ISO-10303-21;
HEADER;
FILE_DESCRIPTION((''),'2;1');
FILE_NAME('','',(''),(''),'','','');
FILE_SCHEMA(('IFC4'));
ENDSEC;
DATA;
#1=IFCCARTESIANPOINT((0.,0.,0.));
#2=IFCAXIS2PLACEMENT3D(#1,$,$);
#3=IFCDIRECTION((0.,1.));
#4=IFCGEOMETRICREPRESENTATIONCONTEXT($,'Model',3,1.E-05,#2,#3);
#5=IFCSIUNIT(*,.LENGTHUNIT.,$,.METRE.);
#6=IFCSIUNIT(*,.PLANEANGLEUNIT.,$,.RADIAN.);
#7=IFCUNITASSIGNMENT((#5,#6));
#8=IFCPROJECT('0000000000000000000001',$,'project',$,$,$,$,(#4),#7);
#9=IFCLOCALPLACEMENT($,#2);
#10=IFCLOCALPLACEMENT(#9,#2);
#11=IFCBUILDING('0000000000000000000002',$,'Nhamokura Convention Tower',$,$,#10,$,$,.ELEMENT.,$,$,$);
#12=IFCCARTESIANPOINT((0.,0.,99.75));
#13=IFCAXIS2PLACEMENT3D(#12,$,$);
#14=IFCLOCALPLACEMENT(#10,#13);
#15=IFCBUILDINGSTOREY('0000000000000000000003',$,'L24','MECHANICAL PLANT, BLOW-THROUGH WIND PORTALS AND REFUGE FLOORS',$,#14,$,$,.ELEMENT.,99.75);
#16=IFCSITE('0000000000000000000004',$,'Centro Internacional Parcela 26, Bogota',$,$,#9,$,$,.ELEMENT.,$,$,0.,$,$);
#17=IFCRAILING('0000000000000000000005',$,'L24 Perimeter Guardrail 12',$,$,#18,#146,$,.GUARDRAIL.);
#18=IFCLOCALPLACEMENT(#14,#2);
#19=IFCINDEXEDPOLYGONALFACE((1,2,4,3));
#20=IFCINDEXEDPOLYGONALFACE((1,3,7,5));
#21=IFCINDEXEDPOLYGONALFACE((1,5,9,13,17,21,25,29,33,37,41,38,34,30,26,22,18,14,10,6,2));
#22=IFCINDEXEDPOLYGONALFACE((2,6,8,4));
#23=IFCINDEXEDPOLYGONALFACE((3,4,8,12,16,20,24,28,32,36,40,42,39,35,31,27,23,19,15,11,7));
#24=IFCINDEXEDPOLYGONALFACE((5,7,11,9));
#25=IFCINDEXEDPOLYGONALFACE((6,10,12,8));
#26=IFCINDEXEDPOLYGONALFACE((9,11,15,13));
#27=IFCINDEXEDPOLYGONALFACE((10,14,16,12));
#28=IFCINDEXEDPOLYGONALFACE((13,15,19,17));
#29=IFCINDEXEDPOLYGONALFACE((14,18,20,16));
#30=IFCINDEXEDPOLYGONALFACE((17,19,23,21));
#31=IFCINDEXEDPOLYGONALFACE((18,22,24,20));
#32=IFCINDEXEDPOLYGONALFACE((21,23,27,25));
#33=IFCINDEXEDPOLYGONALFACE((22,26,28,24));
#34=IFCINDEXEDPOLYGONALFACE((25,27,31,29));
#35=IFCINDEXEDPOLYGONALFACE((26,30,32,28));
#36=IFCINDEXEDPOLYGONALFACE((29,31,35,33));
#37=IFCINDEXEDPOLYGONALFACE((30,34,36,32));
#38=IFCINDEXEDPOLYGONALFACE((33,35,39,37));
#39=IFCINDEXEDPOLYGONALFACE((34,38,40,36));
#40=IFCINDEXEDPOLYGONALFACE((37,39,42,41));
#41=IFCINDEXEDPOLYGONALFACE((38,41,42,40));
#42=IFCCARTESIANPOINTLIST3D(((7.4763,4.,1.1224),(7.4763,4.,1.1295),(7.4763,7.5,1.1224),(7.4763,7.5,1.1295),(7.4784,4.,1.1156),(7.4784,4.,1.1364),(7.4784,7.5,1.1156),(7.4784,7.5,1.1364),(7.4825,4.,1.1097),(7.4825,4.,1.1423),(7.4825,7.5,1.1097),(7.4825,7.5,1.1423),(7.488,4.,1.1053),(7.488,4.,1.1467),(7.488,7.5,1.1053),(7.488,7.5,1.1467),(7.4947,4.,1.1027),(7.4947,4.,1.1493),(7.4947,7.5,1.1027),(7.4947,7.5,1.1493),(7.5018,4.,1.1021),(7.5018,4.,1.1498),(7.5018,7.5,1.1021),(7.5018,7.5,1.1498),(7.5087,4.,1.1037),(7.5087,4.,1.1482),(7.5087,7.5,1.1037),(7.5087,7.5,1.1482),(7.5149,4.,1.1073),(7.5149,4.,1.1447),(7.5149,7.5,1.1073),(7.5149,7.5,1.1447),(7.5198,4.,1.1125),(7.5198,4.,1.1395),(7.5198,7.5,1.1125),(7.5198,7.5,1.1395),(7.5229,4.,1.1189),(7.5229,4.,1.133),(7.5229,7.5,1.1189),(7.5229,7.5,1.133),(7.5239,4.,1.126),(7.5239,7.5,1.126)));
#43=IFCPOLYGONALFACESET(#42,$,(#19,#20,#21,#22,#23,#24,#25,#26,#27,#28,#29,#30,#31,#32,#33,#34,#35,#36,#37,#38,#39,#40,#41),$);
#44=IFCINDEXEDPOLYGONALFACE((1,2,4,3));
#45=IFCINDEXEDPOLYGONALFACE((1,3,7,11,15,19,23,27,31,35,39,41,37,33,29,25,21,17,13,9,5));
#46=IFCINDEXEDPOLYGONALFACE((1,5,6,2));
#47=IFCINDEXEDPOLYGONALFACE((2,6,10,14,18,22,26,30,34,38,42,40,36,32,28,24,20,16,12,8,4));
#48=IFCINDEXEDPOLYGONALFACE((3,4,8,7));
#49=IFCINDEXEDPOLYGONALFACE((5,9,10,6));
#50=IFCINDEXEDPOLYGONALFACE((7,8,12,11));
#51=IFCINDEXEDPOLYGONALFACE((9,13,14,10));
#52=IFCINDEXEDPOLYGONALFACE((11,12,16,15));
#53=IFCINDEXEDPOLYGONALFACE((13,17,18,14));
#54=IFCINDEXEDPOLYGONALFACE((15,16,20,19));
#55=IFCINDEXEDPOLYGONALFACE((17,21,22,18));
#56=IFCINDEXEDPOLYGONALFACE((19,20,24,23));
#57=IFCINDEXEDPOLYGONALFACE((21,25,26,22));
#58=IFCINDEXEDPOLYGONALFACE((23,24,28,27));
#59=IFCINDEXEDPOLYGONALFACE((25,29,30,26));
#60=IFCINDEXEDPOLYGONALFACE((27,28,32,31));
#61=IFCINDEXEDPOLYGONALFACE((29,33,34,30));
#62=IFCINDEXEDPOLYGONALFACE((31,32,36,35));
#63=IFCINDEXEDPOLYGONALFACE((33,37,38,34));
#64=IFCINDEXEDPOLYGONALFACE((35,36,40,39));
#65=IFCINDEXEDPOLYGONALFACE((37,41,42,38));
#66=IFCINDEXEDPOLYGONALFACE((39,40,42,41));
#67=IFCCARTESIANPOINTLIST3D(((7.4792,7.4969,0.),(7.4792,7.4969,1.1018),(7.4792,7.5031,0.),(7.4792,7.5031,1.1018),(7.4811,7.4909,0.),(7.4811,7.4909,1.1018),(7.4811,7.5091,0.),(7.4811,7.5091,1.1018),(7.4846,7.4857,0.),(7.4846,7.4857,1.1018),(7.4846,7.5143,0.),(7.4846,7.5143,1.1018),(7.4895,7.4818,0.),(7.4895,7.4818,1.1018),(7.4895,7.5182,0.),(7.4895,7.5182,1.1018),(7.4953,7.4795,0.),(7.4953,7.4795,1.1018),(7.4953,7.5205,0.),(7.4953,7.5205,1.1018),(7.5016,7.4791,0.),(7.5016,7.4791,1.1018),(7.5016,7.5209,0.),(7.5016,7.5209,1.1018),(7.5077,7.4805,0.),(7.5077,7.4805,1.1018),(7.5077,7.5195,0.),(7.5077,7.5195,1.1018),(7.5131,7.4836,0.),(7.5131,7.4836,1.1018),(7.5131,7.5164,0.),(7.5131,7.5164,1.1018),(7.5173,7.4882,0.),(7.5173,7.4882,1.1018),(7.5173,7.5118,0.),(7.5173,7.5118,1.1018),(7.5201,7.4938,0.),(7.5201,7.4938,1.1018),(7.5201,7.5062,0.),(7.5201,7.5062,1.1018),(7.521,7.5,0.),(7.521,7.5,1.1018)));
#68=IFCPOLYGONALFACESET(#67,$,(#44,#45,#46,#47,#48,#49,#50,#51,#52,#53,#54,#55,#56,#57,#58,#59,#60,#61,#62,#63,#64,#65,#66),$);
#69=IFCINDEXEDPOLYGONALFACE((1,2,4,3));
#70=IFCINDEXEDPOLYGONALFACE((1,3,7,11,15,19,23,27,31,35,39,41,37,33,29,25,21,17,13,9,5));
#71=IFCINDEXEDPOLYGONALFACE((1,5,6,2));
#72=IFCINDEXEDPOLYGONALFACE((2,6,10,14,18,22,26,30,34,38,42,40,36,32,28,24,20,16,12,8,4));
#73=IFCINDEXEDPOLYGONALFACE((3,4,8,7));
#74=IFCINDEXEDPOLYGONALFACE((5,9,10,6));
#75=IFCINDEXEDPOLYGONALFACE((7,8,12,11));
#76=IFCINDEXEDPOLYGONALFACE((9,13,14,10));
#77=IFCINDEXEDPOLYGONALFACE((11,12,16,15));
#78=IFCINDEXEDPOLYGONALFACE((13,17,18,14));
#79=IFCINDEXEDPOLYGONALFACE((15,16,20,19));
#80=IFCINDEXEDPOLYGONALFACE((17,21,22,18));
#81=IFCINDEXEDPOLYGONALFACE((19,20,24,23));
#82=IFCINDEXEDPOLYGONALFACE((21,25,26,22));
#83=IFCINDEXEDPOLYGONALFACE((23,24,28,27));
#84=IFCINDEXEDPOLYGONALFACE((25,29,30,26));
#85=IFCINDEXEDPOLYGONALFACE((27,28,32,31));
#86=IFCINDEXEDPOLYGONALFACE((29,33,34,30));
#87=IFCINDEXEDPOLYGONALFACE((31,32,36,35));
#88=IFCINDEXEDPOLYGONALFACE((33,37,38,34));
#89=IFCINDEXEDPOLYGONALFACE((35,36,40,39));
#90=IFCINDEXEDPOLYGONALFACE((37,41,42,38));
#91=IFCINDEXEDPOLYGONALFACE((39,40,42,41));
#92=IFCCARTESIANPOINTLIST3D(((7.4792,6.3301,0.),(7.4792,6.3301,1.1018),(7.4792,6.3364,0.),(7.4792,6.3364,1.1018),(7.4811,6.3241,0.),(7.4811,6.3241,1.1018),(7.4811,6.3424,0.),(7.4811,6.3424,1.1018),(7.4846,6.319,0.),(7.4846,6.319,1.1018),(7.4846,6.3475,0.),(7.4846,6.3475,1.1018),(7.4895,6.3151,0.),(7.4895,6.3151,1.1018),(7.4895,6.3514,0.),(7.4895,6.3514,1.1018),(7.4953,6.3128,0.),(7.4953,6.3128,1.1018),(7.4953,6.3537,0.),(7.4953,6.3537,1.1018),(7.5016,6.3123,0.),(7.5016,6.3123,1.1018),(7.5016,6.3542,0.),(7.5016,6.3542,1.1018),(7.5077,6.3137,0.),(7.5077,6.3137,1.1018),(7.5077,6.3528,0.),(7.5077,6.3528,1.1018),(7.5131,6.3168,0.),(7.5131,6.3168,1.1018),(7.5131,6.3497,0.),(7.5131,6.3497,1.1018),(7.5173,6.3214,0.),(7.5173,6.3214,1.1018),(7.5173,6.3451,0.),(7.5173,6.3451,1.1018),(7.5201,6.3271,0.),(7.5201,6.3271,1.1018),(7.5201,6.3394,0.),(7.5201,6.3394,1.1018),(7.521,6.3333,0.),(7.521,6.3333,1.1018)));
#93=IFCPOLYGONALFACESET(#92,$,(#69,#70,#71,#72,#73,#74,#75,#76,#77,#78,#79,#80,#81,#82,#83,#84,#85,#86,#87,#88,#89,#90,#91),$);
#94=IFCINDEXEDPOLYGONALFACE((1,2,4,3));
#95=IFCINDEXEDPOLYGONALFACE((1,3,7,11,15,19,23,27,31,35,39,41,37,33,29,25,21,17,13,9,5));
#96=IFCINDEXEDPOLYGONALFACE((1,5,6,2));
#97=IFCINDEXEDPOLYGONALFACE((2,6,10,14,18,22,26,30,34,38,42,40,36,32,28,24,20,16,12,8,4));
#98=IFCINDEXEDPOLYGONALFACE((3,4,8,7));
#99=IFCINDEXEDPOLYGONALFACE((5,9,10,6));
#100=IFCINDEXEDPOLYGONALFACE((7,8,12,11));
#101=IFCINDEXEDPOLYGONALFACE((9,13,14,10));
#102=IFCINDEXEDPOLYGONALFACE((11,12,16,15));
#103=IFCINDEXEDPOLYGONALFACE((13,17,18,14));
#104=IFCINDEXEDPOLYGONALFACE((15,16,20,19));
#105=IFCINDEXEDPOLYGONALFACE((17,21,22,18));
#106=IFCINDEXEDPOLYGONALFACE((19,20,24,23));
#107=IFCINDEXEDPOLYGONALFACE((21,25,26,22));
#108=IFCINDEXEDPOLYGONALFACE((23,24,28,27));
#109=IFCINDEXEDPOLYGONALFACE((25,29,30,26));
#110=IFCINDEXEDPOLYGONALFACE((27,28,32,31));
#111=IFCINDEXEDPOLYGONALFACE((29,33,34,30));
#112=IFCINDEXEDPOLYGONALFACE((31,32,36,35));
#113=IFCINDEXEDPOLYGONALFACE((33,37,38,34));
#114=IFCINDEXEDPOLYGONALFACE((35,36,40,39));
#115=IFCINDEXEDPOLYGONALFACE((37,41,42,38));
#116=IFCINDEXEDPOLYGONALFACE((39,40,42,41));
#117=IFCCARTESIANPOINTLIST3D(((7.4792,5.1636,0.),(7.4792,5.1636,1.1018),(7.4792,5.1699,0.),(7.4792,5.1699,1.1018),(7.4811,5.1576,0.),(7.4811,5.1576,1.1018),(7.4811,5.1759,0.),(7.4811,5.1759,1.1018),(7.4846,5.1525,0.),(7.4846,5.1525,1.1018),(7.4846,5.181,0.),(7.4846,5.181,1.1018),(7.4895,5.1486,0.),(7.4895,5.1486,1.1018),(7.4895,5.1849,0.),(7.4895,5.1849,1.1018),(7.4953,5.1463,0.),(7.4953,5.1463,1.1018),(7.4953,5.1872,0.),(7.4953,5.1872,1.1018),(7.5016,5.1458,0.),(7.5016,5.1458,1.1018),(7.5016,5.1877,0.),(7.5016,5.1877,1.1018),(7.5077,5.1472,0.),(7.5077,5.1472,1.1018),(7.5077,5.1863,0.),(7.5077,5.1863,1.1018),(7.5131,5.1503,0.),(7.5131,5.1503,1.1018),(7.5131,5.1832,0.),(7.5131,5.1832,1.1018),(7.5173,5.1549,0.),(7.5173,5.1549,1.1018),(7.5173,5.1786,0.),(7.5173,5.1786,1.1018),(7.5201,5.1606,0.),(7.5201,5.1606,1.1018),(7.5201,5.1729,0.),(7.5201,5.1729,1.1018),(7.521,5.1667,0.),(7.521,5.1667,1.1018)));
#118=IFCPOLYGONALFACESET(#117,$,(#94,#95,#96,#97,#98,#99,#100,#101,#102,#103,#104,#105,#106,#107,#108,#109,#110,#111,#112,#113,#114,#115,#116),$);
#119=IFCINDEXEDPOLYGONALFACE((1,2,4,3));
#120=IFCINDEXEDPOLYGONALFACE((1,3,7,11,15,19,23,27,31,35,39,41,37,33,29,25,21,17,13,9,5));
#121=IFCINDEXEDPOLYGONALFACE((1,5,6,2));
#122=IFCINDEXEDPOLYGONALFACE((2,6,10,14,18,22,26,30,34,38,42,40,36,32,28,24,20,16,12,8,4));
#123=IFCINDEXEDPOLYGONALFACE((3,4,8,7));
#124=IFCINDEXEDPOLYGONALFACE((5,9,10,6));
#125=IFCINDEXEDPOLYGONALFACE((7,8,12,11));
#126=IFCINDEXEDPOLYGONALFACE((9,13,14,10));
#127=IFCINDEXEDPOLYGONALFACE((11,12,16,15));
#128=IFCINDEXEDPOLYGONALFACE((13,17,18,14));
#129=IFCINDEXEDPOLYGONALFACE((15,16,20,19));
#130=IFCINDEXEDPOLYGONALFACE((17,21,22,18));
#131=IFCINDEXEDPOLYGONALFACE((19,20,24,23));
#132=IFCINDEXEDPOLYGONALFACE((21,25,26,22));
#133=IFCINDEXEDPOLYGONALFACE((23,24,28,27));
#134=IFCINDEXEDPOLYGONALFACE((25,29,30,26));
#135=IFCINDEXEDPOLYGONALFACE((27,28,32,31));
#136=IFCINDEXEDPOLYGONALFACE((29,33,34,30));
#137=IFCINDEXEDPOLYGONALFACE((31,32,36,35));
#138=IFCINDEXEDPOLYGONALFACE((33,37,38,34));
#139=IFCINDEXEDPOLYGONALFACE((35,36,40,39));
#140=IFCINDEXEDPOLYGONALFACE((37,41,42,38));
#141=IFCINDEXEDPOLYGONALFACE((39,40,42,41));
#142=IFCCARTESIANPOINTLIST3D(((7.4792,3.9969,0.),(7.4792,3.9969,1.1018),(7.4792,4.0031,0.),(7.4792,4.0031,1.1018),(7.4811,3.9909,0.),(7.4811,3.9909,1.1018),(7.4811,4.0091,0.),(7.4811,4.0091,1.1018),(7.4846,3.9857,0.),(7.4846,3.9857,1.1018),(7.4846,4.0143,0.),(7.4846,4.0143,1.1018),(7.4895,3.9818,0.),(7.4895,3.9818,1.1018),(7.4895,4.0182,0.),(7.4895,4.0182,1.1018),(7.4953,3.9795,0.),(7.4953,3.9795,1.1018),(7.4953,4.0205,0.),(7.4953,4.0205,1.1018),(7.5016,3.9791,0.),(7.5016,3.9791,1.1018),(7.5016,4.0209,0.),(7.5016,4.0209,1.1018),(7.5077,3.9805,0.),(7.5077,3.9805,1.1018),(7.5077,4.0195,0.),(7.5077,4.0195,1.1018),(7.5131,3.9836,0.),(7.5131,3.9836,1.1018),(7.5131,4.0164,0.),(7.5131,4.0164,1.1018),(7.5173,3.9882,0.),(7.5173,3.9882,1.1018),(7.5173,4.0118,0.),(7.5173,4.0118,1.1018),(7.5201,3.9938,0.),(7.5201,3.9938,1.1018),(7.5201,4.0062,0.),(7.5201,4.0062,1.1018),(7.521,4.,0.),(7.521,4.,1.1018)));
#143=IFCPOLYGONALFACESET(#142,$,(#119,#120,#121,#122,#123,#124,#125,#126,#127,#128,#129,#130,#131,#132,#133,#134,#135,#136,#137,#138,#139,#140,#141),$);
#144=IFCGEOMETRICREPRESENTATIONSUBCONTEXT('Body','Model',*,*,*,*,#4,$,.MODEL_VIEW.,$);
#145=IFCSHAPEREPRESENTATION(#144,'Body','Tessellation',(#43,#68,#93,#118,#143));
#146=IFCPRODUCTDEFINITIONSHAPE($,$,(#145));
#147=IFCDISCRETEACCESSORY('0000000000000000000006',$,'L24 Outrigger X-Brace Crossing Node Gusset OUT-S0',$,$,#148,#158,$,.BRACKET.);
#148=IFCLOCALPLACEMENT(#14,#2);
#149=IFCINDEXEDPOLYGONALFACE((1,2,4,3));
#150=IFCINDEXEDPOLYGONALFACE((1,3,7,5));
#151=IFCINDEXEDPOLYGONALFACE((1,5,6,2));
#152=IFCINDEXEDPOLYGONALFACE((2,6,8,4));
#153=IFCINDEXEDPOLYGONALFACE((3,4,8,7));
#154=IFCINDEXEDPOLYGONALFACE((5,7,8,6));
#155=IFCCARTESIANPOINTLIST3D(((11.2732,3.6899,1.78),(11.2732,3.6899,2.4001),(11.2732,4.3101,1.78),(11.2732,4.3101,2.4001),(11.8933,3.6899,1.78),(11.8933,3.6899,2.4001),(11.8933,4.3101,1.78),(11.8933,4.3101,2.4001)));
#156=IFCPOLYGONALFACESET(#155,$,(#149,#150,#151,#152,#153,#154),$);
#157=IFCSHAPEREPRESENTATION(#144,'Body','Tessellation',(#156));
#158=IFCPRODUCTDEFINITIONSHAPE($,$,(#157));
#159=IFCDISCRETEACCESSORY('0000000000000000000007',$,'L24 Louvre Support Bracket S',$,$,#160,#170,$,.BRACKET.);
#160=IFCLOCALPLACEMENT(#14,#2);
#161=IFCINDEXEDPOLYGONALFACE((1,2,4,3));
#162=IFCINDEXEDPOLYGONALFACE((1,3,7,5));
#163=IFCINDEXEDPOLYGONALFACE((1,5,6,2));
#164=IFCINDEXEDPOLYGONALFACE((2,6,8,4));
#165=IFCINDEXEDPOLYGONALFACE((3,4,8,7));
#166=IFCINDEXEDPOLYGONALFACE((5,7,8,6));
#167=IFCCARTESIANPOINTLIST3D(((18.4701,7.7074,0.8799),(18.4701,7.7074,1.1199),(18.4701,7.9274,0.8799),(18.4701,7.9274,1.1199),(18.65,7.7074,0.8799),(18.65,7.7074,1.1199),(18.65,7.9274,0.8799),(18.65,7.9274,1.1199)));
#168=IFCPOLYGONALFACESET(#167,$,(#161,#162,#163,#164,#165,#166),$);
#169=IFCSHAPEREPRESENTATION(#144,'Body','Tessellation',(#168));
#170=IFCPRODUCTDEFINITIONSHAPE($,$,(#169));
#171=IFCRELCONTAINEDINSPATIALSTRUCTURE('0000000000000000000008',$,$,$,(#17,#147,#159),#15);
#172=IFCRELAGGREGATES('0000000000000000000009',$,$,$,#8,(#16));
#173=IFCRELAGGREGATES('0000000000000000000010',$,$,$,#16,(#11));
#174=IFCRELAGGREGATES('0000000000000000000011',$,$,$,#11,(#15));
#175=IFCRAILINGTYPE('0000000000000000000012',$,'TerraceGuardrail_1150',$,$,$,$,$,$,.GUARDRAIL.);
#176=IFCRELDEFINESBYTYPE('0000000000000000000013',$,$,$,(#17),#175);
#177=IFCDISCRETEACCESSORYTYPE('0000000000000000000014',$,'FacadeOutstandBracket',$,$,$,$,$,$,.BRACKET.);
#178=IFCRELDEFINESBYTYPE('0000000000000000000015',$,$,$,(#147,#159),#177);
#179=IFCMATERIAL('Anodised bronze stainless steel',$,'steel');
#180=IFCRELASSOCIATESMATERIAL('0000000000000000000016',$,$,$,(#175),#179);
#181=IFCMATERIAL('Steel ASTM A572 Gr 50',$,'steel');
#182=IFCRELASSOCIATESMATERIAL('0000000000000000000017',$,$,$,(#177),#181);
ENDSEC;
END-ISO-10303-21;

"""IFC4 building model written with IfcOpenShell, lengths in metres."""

from ifc_helpers import new_model, si_unit, direction, frame, origin, origin_2d, place, context, subcontext, project, spatial, rectangle, circle, extrude, material, type_object, element, save


model = new_model("IFC4")

# Units and contexts
model_context = context("Model", 3, precision=1e-05, world=origin(), true_north=direction((0.0, 1.0)))
body_context = subcontext(model_context, "Body", "Model", "MODEL_VIEW")
ifc_project = project(units=[si_unit("LENGTHUNIT", "METRE"), si_unit("PLANEANGLEUNIT", "RADIAN")], contexts=[model_context])

# Site, building, storey
site_placement = place(None, origin())
site = spatial("IfcSite", under=ifc_project, at=site_placement, Name="Centro Internacional Parcela 26, Bogota", CompositionType="ELEMENT", RefElevation=0.0)
building_placement = place(site_placement, origin())
building = spatial("IfcBuilding", under=site, at=building_placement, Name="Nhamokura Convention Tower", CompositionType="ELEMENT")
storey_placement = place(building_placement, frame((0.0, 0.0, 99.75)))
storey = spatial("IfcBuildingStorey", under=building, at=storey_placement, Name="L24", Description="MECHANICAL PLANT, BLOW-THROUGH WIND PORTALS AND REFUGE FLOORS", CompositionType="ELEMENT", Elevation=99.75)

# Railing
ifc_material_1 = material(Name="Anodised bronze stainless steel", Category="steel")
railing_type = type_object("IfcRailingType", Name="TerraceGuardrail_1150", PredefinedType="GUARDRAIL", material=ifc_material_1)
railing_1_placement = place(storey_placement, frame((7.5, 7.5, 0.0)))
element("IfcRailing", 1, at=railing_1_placement, inside=storey, type_object=railing_type, Name="L24 Perimeter Guardrail 12", PredefinedType="GUARDRAIL", context=body_context, shape_type="SweptSolid", body=[
    extrude(circle(Radius=0.0239, at=origin_2d()), frame((0.0, 0.0, 1.126), z_axis=(0.0, -1.0, 0.0), x_axis=(1.0, 0.0, 0.0)), (0.0, 0.0, 1.0), 3.5),
    extrude(circle(Radius=0.021, at=origin_2d()), origin(), (0.0, 0.0, 1.0), 1.1018),
    extrude(circle(Radius=0.021, at=origin_2d()), frame((0.0, -1.1667, 0.0)), (0.0, 0.0, 1.0), 1.1018),
    extrude(circle(Radius=0.021, at=origin_2d()), frame((0.0, -2.3333, 0.0)), (0.0, 0.0, 1.0), 1.1018),
    extrude(circle(Radius=0.021, at=origin_2d()), frame((0.0, -3.5, 0.0)), (0.0, 0.0, 1.0), 1.1018),
])

# Discrete accessories
ifc_material_2 = material(Name="Steel ASTM A572 Gr 50", Category="steel")
discrete_accessory_type = type_object("IfcDiscreteAccessoryType", Name="FacadeOutstandBracket", PredefinedType="BRACKET", material=ifc_material_2)
discrete_accessory_1_placement = place(storey_placement, frame((11.5833, 4.0, 1.78), z_axis=(0.0, 0.0, 1.0), x_axis=(1.0, 0.0, 0.0)))
element("IfcDiscreteAccessory", 2, at=discrete_accessory_1_placement, inside=storey, type_object=discrete_accessory_type, Name="L24 Outrigger X-Brace Crossing Node Gusset OUT-S0", PredefinedType="BRACKET", context=body_context, shape_type="SweptSolid", body=[
    extrude(rectangle(XDim=0.6201, YDim=0.6201, at=origin_2d()), origin(), (0.0, 0.0, 1.0), 0.6201),
])
discrete_accessory_2_placement = place(storey_placement, frame((18.5601, 7.8174, 0.8799), z_axis=(0.0, 0.0, 1.0), x_axis=(-1.0, 0.0, 0.0)))
element("IfcDiscreteAccessory", 3, at=discrete_accessory_2_placement, inside=storey, type_object=discrete_accessory_type, Name="L24 Louvre Support Bracket S", PredefinedType="BRACKET", context=body_context, shape_type="SweptSolid", body=[
    extrude(rectangle(XDim=0.1799, YDim=0.22, at=origin_2d()), origin(), (0.0, 0.0, 1.0), 0.24),
])

save(model, "model.ifc")
